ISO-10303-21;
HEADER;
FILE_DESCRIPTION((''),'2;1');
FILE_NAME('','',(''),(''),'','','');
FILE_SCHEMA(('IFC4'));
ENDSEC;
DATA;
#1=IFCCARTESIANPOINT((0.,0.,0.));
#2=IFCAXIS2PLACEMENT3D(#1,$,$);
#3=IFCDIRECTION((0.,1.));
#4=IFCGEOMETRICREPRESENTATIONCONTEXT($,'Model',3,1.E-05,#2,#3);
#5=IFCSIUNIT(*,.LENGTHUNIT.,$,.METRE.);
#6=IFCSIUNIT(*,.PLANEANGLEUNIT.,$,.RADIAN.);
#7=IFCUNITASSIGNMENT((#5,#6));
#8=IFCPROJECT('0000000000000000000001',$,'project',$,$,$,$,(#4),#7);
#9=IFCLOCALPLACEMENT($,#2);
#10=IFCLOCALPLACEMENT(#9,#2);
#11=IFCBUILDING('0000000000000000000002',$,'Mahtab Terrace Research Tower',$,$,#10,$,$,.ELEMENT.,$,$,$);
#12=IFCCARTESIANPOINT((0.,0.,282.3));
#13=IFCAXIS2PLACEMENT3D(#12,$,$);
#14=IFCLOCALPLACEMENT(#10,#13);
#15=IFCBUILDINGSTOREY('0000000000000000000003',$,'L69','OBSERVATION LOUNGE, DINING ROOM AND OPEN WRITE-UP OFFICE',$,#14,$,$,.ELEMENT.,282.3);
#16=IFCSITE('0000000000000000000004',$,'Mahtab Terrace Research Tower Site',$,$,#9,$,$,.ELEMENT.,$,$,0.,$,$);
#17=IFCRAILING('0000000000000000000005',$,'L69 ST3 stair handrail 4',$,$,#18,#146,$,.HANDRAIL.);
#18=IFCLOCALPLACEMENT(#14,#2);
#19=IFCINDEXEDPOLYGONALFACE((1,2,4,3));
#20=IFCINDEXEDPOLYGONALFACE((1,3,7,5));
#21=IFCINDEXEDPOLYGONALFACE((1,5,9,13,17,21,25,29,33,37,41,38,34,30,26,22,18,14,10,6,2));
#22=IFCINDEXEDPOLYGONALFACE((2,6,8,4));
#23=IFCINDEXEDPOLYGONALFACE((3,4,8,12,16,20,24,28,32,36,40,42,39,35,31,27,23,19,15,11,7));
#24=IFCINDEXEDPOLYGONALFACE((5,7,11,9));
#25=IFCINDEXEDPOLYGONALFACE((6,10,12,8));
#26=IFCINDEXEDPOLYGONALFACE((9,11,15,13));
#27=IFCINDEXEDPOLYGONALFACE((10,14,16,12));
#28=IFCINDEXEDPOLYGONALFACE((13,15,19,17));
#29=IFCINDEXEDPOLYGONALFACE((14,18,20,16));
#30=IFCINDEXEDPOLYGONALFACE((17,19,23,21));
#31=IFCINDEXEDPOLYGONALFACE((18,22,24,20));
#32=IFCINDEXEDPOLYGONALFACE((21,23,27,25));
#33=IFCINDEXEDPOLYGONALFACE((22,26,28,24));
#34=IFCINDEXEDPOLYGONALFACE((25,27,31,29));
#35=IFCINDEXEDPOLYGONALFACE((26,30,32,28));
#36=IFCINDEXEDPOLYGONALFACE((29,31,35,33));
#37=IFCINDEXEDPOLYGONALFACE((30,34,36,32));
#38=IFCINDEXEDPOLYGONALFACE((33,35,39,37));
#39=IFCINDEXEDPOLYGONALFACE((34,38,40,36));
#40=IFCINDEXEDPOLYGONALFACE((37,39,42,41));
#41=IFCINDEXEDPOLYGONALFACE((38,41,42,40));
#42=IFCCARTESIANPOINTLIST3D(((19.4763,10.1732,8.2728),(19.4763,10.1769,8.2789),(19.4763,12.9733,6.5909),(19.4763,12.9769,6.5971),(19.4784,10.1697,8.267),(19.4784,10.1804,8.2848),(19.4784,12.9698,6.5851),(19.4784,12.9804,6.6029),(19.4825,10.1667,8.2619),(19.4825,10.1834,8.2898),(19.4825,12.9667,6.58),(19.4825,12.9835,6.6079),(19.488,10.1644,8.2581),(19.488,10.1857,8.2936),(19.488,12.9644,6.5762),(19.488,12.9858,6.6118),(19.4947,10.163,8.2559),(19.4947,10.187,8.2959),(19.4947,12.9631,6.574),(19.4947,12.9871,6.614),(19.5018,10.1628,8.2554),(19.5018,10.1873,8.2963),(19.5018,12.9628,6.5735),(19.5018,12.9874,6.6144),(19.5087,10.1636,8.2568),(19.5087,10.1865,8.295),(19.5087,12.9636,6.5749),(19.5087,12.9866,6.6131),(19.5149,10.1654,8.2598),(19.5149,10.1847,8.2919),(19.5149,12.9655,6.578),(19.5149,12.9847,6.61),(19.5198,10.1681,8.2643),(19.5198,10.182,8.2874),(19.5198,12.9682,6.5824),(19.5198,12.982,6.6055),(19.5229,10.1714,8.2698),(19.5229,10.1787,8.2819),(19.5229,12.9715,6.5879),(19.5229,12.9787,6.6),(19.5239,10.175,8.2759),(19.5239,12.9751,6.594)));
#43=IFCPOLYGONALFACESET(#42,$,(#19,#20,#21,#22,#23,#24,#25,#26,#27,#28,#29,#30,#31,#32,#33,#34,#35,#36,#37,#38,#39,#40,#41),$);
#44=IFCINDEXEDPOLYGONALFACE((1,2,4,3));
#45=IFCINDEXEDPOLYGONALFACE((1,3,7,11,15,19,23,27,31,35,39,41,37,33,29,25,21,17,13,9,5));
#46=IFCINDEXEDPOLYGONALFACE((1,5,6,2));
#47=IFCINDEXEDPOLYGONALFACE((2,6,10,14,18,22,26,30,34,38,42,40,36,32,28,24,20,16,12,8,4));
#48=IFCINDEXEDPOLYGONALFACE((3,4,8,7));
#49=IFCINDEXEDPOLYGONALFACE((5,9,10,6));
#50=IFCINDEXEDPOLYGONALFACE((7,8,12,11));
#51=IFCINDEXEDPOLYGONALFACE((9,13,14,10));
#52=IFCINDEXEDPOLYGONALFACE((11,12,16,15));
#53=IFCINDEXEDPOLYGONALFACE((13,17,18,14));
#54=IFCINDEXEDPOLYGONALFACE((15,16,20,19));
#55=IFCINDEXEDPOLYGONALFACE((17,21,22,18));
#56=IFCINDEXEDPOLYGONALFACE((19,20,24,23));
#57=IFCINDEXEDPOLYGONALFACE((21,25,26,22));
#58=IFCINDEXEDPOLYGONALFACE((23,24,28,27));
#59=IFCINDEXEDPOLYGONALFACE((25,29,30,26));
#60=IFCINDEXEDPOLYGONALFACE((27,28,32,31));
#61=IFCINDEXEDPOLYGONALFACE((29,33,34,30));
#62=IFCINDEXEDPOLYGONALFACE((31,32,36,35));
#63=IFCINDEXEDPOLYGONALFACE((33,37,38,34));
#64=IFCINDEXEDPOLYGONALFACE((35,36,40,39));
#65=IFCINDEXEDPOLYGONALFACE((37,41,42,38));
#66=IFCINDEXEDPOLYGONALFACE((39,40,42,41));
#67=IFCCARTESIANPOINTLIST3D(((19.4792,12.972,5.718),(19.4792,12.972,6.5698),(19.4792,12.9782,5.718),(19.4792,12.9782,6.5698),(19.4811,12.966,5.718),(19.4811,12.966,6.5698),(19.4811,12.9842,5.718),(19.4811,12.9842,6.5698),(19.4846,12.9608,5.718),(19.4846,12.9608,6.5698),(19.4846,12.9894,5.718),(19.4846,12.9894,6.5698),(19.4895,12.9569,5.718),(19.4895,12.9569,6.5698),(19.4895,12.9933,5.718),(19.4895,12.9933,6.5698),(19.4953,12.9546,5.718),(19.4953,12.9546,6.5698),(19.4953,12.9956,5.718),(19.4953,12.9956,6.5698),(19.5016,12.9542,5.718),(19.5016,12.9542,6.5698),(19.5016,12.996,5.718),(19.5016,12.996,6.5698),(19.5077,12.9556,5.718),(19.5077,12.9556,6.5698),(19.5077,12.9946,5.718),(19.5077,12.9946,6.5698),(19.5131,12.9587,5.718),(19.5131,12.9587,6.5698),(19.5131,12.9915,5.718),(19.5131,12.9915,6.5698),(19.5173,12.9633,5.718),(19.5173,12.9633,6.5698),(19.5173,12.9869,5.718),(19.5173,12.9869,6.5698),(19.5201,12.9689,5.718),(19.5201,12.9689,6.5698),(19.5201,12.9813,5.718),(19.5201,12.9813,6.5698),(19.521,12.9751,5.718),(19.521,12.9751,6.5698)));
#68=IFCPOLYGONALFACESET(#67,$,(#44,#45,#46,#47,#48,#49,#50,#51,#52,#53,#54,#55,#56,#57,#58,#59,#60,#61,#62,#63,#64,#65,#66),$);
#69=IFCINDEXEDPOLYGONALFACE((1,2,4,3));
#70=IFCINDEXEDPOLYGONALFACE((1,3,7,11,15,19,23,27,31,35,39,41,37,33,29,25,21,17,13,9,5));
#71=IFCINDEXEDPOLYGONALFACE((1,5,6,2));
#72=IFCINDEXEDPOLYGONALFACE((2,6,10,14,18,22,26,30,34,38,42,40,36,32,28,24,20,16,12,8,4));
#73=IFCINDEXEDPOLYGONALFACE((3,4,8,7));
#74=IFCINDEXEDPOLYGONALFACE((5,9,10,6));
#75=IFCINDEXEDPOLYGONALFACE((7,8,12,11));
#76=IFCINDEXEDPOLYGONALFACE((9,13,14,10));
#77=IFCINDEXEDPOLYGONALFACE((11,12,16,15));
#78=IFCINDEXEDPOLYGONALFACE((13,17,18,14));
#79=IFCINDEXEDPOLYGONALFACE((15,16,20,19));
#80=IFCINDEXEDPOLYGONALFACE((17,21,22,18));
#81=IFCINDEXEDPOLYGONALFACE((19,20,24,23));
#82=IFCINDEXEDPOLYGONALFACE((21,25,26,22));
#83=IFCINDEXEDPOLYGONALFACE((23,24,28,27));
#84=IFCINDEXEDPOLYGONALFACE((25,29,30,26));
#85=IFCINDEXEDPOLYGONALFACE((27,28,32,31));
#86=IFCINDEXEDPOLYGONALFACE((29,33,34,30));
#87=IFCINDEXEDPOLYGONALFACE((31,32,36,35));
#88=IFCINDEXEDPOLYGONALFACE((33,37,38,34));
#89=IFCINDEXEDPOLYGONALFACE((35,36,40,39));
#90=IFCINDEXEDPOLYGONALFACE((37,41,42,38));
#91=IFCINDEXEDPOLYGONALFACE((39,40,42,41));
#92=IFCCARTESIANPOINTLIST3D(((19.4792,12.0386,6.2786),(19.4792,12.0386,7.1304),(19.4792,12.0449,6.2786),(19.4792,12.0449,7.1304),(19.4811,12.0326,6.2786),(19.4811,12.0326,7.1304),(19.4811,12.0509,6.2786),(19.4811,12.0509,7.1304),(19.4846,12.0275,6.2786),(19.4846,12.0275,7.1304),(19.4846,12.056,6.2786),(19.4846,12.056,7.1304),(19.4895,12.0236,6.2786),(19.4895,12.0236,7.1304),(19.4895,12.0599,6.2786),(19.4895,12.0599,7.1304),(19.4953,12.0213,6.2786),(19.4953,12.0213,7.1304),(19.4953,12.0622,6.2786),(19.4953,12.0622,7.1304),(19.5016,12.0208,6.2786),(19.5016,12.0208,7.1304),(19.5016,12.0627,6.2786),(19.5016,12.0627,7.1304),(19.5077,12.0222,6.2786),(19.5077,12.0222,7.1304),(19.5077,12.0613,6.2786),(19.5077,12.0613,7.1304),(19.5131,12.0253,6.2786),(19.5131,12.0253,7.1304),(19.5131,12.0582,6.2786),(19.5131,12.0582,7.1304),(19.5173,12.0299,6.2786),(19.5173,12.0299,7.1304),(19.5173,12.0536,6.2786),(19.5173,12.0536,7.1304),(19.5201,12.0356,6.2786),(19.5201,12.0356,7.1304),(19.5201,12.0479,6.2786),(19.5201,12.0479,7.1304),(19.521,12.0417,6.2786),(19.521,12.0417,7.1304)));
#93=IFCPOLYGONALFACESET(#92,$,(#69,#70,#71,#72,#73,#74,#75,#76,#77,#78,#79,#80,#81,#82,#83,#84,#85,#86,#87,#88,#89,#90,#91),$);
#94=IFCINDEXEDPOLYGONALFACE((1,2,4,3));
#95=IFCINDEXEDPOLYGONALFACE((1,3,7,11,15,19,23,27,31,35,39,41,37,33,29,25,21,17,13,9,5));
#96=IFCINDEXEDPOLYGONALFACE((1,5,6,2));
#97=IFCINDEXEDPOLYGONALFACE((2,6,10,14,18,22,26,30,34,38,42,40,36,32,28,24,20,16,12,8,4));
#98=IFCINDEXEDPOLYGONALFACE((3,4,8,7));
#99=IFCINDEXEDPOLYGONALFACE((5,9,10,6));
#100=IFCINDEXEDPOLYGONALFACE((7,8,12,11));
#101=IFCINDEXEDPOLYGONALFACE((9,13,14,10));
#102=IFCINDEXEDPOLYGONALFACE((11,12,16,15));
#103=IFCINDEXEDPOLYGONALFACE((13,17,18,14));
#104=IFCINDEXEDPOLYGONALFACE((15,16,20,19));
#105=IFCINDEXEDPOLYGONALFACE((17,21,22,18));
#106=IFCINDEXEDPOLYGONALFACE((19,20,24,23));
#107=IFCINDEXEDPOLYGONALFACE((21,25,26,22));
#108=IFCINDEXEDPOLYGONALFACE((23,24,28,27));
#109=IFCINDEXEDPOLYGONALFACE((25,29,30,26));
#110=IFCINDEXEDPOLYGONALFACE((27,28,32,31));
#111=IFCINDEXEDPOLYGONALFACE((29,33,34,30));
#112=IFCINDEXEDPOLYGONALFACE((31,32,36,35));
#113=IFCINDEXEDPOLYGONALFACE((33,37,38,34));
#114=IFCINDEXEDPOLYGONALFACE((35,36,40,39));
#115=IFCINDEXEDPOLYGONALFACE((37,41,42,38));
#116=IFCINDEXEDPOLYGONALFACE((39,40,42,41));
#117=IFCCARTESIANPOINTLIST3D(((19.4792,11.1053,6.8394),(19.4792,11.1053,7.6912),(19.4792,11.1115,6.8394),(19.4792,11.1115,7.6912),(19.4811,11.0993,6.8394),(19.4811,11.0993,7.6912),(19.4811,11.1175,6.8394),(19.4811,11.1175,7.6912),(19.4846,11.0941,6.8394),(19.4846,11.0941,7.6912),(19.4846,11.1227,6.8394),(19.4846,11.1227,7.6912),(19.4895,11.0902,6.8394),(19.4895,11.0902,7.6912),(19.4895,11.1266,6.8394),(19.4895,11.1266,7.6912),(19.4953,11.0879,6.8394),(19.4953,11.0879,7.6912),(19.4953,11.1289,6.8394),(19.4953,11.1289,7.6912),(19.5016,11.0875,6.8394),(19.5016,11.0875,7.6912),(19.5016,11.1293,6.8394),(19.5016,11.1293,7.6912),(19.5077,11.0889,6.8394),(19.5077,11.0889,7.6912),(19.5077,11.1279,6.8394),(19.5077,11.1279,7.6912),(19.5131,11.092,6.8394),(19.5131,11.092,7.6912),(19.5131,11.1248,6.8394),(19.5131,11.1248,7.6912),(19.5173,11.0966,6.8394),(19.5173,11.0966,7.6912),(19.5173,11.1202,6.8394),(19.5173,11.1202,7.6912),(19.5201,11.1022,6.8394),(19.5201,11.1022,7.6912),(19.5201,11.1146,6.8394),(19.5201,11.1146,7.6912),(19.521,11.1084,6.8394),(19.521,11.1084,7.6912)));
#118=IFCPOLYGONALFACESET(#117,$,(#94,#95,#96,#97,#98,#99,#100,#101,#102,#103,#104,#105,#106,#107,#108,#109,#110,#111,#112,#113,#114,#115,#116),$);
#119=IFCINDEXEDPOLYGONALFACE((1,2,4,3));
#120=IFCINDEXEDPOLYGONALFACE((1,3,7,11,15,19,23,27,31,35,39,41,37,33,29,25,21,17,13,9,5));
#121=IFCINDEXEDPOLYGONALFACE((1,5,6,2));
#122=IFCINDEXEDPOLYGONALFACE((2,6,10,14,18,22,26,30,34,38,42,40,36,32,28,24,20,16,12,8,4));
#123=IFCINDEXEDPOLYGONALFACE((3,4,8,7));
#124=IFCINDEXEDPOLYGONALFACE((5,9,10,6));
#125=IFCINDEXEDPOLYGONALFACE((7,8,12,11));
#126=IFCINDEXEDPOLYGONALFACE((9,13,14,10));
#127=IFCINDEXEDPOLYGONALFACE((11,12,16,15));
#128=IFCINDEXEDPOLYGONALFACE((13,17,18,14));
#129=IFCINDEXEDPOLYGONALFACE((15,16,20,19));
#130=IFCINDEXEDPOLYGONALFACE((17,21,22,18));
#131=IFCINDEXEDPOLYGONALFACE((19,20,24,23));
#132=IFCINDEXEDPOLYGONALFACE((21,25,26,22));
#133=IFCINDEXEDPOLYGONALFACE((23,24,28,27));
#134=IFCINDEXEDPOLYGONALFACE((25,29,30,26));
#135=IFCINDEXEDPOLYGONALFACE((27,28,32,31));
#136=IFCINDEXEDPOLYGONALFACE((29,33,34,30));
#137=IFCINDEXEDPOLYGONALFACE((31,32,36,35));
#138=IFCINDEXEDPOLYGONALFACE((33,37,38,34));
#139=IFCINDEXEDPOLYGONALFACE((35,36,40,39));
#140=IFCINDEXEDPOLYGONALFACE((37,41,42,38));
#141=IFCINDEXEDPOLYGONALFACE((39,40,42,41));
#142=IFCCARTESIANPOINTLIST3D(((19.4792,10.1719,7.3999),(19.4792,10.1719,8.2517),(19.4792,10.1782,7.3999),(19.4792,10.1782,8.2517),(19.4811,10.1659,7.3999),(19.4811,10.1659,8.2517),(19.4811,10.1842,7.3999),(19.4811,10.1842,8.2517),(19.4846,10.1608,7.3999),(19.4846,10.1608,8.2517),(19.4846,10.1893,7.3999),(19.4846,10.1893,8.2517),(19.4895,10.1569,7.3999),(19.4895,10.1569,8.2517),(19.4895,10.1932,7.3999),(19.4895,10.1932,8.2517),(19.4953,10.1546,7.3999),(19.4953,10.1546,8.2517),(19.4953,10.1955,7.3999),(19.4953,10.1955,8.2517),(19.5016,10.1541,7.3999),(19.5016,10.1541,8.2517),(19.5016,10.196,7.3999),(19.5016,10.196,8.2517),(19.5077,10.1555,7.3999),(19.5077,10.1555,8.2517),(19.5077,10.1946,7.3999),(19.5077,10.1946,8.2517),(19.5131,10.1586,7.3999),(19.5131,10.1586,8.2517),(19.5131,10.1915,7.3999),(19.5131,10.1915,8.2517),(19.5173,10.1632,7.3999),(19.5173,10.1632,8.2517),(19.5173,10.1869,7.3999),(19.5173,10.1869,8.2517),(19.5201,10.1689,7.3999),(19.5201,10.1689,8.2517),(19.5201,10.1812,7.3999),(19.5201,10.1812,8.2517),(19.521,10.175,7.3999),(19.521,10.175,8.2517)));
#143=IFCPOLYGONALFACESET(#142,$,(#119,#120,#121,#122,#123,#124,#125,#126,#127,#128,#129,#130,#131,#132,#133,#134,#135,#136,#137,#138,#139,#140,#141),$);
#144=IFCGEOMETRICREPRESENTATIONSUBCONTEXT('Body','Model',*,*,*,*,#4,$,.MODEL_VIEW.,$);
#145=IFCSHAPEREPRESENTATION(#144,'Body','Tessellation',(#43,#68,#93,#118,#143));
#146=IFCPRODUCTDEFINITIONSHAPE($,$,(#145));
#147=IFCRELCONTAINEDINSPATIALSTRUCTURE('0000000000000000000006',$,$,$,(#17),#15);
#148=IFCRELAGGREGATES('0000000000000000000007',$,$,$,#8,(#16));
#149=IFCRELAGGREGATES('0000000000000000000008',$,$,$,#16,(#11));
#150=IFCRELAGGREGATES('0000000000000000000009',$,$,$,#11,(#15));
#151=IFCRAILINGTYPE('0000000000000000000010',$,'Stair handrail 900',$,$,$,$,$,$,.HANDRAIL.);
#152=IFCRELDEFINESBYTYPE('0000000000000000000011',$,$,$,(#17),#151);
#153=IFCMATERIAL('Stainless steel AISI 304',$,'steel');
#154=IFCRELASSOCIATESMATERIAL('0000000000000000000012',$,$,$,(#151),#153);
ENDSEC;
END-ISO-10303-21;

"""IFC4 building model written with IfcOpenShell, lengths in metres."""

from ifc_helpers import new_model, si_unit, direction, frame, origin, origin_2d, place, context, subcontext, project, spatial, circle, extrude, material, type_object, element, save


model = new_model("IFC4")

# Units and contexts
model_context = context("Model", 3, precision=1e-05, world=origin(), true_north=direction((0.0, 1.0)))
body_context = subcontext(model_context, "Body", "Model", "MODEL_VIEW")
ifc_project = project(units=[si_unit("LENGTHUNIT", "METRE"), si_unit("PLANEANGLEUNIT", "RADIAN")], contexts=[model_context])

# Site, building, storey
site_placement = place(None, origin())
site = spatial("IfcSite", under=ifc_project, at=site_placement, Name="Mahtab Terrace Research Tower Site", CompositionType="ELEMENT", RefElevation=0.0)
building_placement = place(site_placement, origin())
building = spatial("IfcBuilding", under=site, at=building_placement, Name="Mahtab Terrace Research Tower", CompositionType="ELEMENT")
storey_placement = place(building_placement, frame((0.0, 0.0, 282.3)))
storey = spatial("IfcBuildingStorey", under=building, at=storey_placement, Name="L69", Description="OBSERVATION LOUNGE, DINING ROOM AND OPEN WRITE-UP OFFICE", CompositionType="ELEMENT", Elevation=282.3)

# Railing
ifc_material_1 = material(Name="Stainless steel AISI 304", Category="steel")
railing_type_1 = type_object("IfcRailingType", Name="Stair handrail 900", PredefinedType="HANDRAIL", material=ifc_material_1)
railing_1_placement = place(storey_placement, frame((19.5, 12.9751, 5.718)))
element("IfcRailing", 1, at=railing_1_placement, inside=storey, type_object=railing_type_1, Name="L69 ST3 stair handrail 4", PredefinedType="HANDRAIL", context=body_context, shape_type="SweptSolid", body=[
    extrude(circle(Radius=0.0239, at=origin_2d()), frame((0.0, 0.0, 0.876), z_axis=(0.0, -0.857242, 0.514913), x_axis=(1.0, 0.0, 0.0)), (0.0, 0.0, 1.0), 3.2664),
    extrude(circle(Radius=0.021, at=origin_2d()), origin(), (0.0, 0.0, 1.0), 0.8518),
    extrude(circle(Radius=0.021, at=origin_2d()), frame((0.0, -0.9333, 0.5605)), (0.0, 0.0, 1.0), 0.8518),
    extrude(circle(Radius=0.021, at=origin_2d()), frame((0.0, -1.8667, 1.1213)), (0.0, 0.0, 1.0), 0.8518),
    extrude(circle(Radius=0.021, at=origin_2d()), frame((0.0, -2.8, 1.6819)), (0.0, 0.0, 1.0), 0.8518),
])

save(model, "model.ifc")
